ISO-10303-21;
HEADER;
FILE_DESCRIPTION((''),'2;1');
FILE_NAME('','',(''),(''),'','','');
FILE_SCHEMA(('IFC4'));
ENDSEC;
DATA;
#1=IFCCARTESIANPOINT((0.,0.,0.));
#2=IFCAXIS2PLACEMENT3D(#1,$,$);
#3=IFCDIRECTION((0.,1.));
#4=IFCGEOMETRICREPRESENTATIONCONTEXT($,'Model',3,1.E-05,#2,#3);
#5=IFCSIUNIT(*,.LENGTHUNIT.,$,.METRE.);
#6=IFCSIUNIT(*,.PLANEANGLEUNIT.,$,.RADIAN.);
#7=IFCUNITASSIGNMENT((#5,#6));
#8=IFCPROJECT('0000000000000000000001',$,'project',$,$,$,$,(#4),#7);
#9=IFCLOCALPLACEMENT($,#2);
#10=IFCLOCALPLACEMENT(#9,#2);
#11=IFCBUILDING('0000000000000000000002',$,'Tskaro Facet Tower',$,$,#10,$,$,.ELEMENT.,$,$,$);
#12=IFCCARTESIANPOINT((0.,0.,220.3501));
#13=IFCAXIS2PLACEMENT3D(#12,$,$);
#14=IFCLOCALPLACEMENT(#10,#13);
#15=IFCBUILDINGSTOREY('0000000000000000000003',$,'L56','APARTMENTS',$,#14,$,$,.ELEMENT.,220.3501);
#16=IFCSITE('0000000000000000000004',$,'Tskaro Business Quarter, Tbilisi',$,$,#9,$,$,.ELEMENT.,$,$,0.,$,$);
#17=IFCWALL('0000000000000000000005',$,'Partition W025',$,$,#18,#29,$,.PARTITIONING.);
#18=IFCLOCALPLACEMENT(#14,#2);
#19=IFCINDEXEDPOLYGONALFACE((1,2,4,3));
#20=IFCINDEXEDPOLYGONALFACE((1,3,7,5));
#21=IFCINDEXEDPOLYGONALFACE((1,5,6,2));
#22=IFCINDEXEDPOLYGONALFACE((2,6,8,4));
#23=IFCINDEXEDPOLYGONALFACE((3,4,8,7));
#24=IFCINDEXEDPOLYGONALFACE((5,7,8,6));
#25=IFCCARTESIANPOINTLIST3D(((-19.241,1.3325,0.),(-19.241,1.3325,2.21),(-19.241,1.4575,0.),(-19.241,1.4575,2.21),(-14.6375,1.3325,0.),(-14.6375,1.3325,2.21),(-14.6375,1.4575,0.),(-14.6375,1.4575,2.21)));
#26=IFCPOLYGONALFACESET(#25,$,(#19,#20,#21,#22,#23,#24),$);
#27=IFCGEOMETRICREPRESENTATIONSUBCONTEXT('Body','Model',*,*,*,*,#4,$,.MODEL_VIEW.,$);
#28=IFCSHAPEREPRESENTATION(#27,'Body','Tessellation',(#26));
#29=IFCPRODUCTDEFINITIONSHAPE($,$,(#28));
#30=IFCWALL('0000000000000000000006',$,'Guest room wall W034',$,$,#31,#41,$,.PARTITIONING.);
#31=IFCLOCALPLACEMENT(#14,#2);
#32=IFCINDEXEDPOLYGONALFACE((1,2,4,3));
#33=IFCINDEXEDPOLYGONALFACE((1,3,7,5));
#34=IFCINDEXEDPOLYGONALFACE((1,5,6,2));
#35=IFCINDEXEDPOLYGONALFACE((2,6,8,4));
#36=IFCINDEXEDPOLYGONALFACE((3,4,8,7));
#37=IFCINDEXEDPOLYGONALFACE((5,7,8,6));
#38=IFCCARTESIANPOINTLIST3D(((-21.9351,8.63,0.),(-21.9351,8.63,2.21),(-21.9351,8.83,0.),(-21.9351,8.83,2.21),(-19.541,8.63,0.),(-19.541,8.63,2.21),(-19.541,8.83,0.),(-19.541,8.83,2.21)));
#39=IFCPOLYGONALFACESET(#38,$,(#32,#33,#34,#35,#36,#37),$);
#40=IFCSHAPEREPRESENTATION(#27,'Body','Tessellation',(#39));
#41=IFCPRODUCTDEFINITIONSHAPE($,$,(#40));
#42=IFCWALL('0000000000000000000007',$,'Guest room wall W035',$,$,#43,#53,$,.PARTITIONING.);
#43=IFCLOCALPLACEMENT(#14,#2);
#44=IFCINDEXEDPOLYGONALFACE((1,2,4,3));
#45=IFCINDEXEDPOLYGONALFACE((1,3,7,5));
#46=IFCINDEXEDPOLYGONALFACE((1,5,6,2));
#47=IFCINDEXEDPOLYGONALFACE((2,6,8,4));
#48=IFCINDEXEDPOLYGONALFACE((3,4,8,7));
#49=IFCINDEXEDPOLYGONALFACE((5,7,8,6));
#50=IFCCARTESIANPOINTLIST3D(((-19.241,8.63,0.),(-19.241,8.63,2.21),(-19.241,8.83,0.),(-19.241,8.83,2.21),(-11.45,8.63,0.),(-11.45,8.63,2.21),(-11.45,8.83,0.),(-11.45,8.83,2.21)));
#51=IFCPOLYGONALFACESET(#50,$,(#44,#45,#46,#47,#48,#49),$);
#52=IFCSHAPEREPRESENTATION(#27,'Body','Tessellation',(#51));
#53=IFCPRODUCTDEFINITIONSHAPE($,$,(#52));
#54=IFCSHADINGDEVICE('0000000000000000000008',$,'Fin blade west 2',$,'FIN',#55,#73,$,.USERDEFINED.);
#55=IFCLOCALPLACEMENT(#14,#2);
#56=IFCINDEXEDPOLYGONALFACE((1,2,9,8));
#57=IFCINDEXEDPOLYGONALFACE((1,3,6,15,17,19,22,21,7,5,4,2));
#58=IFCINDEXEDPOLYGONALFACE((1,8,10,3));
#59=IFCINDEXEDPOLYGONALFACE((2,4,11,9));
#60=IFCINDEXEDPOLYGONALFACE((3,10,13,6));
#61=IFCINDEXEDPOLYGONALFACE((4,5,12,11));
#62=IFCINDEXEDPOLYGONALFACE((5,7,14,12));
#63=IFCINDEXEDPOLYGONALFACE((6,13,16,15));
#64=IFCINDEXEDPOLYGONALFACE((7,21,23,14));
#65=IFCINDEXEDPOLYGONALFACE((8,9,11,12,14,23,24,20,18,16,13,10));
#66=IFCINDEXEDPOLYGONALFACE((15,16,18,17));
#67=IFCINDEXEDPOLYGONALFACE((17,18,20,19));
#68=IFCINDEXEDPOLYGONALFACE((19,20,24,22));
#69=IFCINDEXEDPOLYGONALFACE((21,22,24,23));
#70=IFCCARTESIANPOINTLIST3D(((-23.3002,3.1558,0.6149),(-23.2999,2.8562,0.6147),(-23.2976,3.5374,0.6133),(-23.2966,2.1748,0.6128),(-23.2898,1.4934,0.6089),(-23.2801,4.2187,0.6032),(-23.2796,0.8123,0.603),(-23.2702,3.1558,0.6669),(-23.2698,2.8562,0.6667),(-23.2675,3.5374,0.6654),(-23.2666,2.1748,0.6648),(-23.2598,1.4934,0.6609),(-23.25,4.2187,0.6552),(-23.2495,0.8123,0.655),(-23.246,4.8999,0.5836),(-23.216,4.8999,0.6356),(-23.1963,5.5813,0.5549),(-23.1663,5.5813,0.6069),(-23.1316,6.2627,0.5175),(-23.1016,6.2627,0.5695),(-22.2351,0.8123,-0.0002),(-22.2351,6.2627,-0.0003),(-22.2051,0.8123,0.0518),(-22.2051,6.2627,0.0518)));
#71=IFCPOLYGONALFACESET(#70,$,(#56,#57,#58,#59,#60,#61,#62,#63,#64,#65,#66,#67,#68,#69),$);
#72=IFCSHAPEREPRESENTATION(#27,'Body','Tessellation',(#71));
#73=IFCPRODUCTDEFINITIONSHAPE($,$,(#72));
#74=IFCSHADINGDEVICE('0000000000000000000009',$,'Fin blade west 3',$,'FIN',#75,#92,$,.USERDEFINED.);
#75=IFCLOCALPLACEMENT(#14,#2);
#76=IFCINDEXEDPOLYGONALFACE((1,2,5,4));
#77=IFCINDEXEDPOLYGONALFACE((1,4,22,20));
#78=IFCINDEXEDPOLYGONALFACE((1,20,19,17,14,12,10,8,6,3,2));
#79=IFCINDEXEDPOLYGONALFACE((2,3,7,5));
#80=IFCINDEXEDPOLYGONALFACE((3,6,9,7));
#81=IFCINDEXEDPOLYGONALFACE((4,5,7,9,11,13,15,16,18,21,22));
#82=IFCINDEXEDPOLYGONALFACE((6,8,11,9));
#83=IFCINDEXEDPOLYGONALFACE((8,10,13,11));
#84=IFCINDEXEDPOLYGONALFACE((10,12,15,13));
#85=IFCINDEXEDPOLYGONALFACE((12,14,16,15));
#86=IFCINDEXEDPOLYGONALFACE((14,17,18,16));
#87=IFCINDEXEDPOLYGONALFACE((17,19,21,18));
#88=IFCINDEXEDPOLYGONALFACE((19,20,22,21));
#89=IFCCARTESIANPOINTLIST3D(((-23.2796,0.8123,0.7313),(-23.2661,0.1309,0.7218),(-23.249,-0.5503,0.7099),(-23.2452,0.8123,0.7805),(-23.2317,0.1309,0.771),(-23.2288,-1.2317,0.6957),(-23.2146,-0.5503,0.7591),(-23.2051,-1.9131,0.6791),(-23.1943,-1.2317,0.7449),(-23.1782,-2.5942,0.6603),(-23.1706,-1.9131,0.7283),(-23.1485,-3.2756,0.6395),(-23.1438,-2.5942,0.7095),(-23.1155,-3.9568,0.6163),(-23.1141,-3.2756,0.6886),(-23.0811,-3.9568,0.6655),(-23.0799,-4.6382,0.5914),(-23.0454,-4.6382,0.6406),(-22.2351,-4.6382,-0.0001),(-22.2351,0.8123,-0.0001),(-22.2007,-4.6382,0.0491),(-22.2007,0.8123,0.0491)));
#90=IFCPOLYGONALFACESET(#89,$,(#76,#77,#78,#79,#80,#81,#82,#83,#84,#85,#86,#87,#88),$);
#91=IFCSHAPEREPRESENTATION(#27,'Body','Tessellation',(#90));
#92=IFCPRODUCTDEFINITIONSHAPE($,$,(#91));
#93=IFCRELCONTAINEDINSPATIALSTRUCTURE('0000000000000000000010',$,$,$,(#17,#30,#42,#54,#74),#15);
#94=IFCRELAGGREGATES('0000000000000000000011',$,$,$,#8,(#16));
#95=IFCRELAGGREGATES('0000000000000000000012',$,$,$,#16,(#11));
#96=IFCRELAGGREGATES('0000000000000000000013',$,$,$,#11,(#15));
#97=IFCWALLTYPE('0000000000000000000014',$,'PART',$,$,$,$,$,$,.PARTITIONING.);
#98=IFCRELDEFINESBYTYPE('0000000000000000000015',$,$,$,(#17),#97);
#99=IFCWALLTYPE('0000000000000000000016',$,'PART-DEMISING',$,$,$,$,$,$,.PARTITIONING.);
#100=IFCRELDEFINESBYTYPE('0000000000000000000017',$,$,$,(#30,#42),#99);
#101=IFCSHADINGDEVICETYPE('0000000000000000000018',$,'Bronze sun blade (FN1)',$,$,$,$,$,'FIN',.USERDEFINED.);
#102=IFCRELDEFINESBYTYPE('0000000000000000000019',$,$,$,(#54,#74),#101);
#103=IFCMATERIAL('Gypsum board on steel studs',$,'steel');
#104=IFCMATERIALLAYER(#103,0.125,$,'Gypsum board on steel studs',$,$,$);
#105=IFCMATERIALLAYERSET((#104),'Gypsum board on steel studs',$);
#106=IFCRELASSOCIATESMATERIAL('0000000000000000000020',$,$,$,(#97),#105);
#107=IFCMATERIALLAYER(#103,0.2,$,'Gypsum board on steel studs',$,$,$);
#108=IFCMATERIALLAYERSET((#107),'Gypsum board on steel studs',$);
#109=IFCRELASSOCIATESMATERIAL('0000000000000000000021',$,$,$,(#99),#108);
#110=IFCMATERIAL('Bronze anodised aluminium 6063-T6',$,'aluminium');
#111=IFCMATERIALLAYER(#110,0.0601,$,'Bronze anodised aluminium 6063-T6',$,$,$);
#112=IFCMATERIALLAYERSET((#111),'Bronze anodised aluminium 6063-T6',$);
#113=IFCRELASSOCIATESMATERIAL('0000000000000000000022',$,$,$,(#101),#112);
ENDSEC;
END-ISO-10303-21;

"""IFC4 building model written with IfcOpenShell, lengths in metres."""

from ifc_helpers import new_model, si_unit, direction, frame, frame_2d, origin, place, context, subcontext, project, spatial, polyline, rectangle, outline, extrude, material, layer, layer_set, type_object, element, save


model = new_model("IFC4")

# Units and contexts
model_context = context("Model", 3, precision=1e-05, world=origin(), true_north=direction((0.0, 1.0)))
body_context = subcontext(model_context, "Body", "Model", "MODEL_VIEW")
ifc_project = project(units=[si_unit("LENGTHUNIT", "METRE"), si_unit("PLANEANGLEUNIT", "RADIAN")], contexts=[model_context])

# Site, building, storey
site_placement = place(None, origin())
site = spatial("IfcSite", under=ifc_project, at=site_placement, Name="Tskaro Business Quarter, Tbilisi", CompositionType="ELEMENT", RefElevation=0.0)
building_placement = place(site_placement, origin())
building = spatial("IfcBuilding", under=site, at=building_placement, Name="Tskaro Facet Tower", CompositionType="ELEMENT")
storey_placement = place(building_placement, frame((0.0, 0.0, 220.3501)))
storey = spatial("IfcBuildingStorey", under=building, at=storey_placement, Name="L56", Description="APARTMENTS", CompositionType="ELEMENT", Elevation=220.3501)

# Shared definitions
ifc_material_1 = material(Name="Bronze anodised aluminium 6063-T6", Category="aluminium")

# Walls
ifc_material_2 = material(Name="Gypsum board on steel studs", Category="steel")
ifc_layer_1 = layer(ifc_material_2, 0.125, Name="Gypsum board on steel studs")
ifc_layer_set_1 = layer_set([ifc_layer_1], Name="Gypsum board on steel studs")
wall_type_1 = type_object("IfcWallType", Name="PART", PredefinedType="PARTITIONING", material=ifc_layer_set_1)
wall_1_placement = place(storey_placement, frame((-19.241, 1.395, 0.0), z_axis=(0.0, 0.0, 1.0), x_axis=(1.0, 0.0, 0.0)))
element("IfcWall", 1, at=wall_1_placement, inside=storey, type_object=wall_type_1, Name="Partition W025", PredefinedType="PARTITIONING", context=body_context, shape_type="SweptSolid", body=[
    extrude(rectangle(XDim=4.6035, YDim=0.125, at=frame_2d((2.3018, 0.0))), origin(), (0.0, 0.0, 1.0), 2.21),
])
ifc_layer_2 = layer(ifc_material_2, 0.2, Name="Gypsum board on steel studs")
ifc_layer_set_2 = layer_set([ifc_layer_2], Name="Gypsum board on steel studs")
wall_type_2 = type_object("IfcWallType", Name="PART-DEMISING", PredefinedType="PARTITIONING", material=ifc_layer_set_2)
wall_2_placement = place(storey_placement, frame((-21.9351, 8.73, 0.0), z_axis=(0.0, 0.0, 1.0), x_axis=(1.0, 0.0, 0.0)))
element("IfcWall", 2, at=wall_2_placement, inside=storey, type_object=wall_type_2, Name="Guest room wall W034", PredefinedType="PARTITIONING", context=body_context, shape_type="SweptSolid", body=[
    extrude(rectangle(XDim=2.394, YDim=0.2, at=frame_2d((1.197, 0.0))), origin(), (0.0, 0.0, 1.0), 2.21),
])
wall_3_placement = place(storey_placement, frame((-19.241, 8.73, 0.0), z_axis=(0.0, 0.0, 1.0), x_axis=(1.0, 0.0, 0.0)))
element("IfcWall", 3, at=wall_3_placement, inside=storey, type_object=wall_type_2, Name="Guest room wall W035", PredefinedType="PARTITIONING", context=body_context, shape_type="SweptSolid", body=[
    extrude(rectangle(XDim=7.791, YDim=0.2, at=frame_2d((3.8955, 0.0))), origin(), (0.0, 0.0, 1.0), 2.21),
])

# Shading devices
ifc_layer_3 = layer(ifc_material_1, 0.0601, Name="Bronze anodised aluminium 6063-T6")
ifc_layer_set_3 = layer_set([ifc_layer_3], Name="Bronze anodised aluminium 6063-T6")
shading_device_type = type_object("IfcShadingDeviceType", Name="Bronze sun blade (FN1)", ElementType="FIN", PredefinedType="USERDEFINED", material=ifc_layer_set_3)
shading_device_1_placement = place(storey_placement, frame((-22.2051, 6.2627, 0.0518), z_axis=(0.500112, 0.000001, 0.865961), x_axis=(0.000001, -1.0, 0.000001)))
element("IfcShadingDevice", 4, at=shading_device_1_placement, inside=storey, type_object=shading_device_type, Name="Fin blade west 2", ObjectType="FIN", PredefinedType="USERDEFINED", context=body_context, shape_type="SweptSolid", body=[
    extrude(outline(polyline([(0.0, 0.0), (5.4504, 0.0), (5.4504, -1.2061), (4.7693, -1.218), (4.0879, -1.2258), (3.4065, -1.2296), (3.1069, -1.23), (2.7253, -1.2269), (2.0439, -1.2067), (1.3628, -1.1674), (0.6814, -1.11), (0.0, -1.0353), (0.0, 0.0)])), origin(), (0.0, 0.0, -1.0), 0.0601),
])
shading_device_2_placement = place(storey_placement, frame((-22.2007, 0.8123, 0.0491), z_axis=(0.5736, -0.000004, 0.819135), x_axis=(-0.000002, -1.0, -0.000004)))
element("IfcShadingDevice", 5, at=shading_device_2_placement, inside=storey, type_object=shading_device_type, Name="Fin blade west 3", ObjectType="FIN", PredefinedType="USERDEFINED", context=body_context, shape_type="SweptSolid", body=[
    extrude(outline(polyline([(0.0, 0.0), (5.4504, 0.0), (5.4504, -1.0313), (4.769, -1.0747), (4.0879, -1.115), (3.4065, -1.1513), (2.7253, -1.1841), (2.0439, -1.213), (1.3625, -1.2378), (0.6814, -1.2586), (0.0, -1.2751), (0.0, 0.0)])), origin(), (0.0, 0.0, -1.0), 0.0601),
])

save(model, "model.ifc")
